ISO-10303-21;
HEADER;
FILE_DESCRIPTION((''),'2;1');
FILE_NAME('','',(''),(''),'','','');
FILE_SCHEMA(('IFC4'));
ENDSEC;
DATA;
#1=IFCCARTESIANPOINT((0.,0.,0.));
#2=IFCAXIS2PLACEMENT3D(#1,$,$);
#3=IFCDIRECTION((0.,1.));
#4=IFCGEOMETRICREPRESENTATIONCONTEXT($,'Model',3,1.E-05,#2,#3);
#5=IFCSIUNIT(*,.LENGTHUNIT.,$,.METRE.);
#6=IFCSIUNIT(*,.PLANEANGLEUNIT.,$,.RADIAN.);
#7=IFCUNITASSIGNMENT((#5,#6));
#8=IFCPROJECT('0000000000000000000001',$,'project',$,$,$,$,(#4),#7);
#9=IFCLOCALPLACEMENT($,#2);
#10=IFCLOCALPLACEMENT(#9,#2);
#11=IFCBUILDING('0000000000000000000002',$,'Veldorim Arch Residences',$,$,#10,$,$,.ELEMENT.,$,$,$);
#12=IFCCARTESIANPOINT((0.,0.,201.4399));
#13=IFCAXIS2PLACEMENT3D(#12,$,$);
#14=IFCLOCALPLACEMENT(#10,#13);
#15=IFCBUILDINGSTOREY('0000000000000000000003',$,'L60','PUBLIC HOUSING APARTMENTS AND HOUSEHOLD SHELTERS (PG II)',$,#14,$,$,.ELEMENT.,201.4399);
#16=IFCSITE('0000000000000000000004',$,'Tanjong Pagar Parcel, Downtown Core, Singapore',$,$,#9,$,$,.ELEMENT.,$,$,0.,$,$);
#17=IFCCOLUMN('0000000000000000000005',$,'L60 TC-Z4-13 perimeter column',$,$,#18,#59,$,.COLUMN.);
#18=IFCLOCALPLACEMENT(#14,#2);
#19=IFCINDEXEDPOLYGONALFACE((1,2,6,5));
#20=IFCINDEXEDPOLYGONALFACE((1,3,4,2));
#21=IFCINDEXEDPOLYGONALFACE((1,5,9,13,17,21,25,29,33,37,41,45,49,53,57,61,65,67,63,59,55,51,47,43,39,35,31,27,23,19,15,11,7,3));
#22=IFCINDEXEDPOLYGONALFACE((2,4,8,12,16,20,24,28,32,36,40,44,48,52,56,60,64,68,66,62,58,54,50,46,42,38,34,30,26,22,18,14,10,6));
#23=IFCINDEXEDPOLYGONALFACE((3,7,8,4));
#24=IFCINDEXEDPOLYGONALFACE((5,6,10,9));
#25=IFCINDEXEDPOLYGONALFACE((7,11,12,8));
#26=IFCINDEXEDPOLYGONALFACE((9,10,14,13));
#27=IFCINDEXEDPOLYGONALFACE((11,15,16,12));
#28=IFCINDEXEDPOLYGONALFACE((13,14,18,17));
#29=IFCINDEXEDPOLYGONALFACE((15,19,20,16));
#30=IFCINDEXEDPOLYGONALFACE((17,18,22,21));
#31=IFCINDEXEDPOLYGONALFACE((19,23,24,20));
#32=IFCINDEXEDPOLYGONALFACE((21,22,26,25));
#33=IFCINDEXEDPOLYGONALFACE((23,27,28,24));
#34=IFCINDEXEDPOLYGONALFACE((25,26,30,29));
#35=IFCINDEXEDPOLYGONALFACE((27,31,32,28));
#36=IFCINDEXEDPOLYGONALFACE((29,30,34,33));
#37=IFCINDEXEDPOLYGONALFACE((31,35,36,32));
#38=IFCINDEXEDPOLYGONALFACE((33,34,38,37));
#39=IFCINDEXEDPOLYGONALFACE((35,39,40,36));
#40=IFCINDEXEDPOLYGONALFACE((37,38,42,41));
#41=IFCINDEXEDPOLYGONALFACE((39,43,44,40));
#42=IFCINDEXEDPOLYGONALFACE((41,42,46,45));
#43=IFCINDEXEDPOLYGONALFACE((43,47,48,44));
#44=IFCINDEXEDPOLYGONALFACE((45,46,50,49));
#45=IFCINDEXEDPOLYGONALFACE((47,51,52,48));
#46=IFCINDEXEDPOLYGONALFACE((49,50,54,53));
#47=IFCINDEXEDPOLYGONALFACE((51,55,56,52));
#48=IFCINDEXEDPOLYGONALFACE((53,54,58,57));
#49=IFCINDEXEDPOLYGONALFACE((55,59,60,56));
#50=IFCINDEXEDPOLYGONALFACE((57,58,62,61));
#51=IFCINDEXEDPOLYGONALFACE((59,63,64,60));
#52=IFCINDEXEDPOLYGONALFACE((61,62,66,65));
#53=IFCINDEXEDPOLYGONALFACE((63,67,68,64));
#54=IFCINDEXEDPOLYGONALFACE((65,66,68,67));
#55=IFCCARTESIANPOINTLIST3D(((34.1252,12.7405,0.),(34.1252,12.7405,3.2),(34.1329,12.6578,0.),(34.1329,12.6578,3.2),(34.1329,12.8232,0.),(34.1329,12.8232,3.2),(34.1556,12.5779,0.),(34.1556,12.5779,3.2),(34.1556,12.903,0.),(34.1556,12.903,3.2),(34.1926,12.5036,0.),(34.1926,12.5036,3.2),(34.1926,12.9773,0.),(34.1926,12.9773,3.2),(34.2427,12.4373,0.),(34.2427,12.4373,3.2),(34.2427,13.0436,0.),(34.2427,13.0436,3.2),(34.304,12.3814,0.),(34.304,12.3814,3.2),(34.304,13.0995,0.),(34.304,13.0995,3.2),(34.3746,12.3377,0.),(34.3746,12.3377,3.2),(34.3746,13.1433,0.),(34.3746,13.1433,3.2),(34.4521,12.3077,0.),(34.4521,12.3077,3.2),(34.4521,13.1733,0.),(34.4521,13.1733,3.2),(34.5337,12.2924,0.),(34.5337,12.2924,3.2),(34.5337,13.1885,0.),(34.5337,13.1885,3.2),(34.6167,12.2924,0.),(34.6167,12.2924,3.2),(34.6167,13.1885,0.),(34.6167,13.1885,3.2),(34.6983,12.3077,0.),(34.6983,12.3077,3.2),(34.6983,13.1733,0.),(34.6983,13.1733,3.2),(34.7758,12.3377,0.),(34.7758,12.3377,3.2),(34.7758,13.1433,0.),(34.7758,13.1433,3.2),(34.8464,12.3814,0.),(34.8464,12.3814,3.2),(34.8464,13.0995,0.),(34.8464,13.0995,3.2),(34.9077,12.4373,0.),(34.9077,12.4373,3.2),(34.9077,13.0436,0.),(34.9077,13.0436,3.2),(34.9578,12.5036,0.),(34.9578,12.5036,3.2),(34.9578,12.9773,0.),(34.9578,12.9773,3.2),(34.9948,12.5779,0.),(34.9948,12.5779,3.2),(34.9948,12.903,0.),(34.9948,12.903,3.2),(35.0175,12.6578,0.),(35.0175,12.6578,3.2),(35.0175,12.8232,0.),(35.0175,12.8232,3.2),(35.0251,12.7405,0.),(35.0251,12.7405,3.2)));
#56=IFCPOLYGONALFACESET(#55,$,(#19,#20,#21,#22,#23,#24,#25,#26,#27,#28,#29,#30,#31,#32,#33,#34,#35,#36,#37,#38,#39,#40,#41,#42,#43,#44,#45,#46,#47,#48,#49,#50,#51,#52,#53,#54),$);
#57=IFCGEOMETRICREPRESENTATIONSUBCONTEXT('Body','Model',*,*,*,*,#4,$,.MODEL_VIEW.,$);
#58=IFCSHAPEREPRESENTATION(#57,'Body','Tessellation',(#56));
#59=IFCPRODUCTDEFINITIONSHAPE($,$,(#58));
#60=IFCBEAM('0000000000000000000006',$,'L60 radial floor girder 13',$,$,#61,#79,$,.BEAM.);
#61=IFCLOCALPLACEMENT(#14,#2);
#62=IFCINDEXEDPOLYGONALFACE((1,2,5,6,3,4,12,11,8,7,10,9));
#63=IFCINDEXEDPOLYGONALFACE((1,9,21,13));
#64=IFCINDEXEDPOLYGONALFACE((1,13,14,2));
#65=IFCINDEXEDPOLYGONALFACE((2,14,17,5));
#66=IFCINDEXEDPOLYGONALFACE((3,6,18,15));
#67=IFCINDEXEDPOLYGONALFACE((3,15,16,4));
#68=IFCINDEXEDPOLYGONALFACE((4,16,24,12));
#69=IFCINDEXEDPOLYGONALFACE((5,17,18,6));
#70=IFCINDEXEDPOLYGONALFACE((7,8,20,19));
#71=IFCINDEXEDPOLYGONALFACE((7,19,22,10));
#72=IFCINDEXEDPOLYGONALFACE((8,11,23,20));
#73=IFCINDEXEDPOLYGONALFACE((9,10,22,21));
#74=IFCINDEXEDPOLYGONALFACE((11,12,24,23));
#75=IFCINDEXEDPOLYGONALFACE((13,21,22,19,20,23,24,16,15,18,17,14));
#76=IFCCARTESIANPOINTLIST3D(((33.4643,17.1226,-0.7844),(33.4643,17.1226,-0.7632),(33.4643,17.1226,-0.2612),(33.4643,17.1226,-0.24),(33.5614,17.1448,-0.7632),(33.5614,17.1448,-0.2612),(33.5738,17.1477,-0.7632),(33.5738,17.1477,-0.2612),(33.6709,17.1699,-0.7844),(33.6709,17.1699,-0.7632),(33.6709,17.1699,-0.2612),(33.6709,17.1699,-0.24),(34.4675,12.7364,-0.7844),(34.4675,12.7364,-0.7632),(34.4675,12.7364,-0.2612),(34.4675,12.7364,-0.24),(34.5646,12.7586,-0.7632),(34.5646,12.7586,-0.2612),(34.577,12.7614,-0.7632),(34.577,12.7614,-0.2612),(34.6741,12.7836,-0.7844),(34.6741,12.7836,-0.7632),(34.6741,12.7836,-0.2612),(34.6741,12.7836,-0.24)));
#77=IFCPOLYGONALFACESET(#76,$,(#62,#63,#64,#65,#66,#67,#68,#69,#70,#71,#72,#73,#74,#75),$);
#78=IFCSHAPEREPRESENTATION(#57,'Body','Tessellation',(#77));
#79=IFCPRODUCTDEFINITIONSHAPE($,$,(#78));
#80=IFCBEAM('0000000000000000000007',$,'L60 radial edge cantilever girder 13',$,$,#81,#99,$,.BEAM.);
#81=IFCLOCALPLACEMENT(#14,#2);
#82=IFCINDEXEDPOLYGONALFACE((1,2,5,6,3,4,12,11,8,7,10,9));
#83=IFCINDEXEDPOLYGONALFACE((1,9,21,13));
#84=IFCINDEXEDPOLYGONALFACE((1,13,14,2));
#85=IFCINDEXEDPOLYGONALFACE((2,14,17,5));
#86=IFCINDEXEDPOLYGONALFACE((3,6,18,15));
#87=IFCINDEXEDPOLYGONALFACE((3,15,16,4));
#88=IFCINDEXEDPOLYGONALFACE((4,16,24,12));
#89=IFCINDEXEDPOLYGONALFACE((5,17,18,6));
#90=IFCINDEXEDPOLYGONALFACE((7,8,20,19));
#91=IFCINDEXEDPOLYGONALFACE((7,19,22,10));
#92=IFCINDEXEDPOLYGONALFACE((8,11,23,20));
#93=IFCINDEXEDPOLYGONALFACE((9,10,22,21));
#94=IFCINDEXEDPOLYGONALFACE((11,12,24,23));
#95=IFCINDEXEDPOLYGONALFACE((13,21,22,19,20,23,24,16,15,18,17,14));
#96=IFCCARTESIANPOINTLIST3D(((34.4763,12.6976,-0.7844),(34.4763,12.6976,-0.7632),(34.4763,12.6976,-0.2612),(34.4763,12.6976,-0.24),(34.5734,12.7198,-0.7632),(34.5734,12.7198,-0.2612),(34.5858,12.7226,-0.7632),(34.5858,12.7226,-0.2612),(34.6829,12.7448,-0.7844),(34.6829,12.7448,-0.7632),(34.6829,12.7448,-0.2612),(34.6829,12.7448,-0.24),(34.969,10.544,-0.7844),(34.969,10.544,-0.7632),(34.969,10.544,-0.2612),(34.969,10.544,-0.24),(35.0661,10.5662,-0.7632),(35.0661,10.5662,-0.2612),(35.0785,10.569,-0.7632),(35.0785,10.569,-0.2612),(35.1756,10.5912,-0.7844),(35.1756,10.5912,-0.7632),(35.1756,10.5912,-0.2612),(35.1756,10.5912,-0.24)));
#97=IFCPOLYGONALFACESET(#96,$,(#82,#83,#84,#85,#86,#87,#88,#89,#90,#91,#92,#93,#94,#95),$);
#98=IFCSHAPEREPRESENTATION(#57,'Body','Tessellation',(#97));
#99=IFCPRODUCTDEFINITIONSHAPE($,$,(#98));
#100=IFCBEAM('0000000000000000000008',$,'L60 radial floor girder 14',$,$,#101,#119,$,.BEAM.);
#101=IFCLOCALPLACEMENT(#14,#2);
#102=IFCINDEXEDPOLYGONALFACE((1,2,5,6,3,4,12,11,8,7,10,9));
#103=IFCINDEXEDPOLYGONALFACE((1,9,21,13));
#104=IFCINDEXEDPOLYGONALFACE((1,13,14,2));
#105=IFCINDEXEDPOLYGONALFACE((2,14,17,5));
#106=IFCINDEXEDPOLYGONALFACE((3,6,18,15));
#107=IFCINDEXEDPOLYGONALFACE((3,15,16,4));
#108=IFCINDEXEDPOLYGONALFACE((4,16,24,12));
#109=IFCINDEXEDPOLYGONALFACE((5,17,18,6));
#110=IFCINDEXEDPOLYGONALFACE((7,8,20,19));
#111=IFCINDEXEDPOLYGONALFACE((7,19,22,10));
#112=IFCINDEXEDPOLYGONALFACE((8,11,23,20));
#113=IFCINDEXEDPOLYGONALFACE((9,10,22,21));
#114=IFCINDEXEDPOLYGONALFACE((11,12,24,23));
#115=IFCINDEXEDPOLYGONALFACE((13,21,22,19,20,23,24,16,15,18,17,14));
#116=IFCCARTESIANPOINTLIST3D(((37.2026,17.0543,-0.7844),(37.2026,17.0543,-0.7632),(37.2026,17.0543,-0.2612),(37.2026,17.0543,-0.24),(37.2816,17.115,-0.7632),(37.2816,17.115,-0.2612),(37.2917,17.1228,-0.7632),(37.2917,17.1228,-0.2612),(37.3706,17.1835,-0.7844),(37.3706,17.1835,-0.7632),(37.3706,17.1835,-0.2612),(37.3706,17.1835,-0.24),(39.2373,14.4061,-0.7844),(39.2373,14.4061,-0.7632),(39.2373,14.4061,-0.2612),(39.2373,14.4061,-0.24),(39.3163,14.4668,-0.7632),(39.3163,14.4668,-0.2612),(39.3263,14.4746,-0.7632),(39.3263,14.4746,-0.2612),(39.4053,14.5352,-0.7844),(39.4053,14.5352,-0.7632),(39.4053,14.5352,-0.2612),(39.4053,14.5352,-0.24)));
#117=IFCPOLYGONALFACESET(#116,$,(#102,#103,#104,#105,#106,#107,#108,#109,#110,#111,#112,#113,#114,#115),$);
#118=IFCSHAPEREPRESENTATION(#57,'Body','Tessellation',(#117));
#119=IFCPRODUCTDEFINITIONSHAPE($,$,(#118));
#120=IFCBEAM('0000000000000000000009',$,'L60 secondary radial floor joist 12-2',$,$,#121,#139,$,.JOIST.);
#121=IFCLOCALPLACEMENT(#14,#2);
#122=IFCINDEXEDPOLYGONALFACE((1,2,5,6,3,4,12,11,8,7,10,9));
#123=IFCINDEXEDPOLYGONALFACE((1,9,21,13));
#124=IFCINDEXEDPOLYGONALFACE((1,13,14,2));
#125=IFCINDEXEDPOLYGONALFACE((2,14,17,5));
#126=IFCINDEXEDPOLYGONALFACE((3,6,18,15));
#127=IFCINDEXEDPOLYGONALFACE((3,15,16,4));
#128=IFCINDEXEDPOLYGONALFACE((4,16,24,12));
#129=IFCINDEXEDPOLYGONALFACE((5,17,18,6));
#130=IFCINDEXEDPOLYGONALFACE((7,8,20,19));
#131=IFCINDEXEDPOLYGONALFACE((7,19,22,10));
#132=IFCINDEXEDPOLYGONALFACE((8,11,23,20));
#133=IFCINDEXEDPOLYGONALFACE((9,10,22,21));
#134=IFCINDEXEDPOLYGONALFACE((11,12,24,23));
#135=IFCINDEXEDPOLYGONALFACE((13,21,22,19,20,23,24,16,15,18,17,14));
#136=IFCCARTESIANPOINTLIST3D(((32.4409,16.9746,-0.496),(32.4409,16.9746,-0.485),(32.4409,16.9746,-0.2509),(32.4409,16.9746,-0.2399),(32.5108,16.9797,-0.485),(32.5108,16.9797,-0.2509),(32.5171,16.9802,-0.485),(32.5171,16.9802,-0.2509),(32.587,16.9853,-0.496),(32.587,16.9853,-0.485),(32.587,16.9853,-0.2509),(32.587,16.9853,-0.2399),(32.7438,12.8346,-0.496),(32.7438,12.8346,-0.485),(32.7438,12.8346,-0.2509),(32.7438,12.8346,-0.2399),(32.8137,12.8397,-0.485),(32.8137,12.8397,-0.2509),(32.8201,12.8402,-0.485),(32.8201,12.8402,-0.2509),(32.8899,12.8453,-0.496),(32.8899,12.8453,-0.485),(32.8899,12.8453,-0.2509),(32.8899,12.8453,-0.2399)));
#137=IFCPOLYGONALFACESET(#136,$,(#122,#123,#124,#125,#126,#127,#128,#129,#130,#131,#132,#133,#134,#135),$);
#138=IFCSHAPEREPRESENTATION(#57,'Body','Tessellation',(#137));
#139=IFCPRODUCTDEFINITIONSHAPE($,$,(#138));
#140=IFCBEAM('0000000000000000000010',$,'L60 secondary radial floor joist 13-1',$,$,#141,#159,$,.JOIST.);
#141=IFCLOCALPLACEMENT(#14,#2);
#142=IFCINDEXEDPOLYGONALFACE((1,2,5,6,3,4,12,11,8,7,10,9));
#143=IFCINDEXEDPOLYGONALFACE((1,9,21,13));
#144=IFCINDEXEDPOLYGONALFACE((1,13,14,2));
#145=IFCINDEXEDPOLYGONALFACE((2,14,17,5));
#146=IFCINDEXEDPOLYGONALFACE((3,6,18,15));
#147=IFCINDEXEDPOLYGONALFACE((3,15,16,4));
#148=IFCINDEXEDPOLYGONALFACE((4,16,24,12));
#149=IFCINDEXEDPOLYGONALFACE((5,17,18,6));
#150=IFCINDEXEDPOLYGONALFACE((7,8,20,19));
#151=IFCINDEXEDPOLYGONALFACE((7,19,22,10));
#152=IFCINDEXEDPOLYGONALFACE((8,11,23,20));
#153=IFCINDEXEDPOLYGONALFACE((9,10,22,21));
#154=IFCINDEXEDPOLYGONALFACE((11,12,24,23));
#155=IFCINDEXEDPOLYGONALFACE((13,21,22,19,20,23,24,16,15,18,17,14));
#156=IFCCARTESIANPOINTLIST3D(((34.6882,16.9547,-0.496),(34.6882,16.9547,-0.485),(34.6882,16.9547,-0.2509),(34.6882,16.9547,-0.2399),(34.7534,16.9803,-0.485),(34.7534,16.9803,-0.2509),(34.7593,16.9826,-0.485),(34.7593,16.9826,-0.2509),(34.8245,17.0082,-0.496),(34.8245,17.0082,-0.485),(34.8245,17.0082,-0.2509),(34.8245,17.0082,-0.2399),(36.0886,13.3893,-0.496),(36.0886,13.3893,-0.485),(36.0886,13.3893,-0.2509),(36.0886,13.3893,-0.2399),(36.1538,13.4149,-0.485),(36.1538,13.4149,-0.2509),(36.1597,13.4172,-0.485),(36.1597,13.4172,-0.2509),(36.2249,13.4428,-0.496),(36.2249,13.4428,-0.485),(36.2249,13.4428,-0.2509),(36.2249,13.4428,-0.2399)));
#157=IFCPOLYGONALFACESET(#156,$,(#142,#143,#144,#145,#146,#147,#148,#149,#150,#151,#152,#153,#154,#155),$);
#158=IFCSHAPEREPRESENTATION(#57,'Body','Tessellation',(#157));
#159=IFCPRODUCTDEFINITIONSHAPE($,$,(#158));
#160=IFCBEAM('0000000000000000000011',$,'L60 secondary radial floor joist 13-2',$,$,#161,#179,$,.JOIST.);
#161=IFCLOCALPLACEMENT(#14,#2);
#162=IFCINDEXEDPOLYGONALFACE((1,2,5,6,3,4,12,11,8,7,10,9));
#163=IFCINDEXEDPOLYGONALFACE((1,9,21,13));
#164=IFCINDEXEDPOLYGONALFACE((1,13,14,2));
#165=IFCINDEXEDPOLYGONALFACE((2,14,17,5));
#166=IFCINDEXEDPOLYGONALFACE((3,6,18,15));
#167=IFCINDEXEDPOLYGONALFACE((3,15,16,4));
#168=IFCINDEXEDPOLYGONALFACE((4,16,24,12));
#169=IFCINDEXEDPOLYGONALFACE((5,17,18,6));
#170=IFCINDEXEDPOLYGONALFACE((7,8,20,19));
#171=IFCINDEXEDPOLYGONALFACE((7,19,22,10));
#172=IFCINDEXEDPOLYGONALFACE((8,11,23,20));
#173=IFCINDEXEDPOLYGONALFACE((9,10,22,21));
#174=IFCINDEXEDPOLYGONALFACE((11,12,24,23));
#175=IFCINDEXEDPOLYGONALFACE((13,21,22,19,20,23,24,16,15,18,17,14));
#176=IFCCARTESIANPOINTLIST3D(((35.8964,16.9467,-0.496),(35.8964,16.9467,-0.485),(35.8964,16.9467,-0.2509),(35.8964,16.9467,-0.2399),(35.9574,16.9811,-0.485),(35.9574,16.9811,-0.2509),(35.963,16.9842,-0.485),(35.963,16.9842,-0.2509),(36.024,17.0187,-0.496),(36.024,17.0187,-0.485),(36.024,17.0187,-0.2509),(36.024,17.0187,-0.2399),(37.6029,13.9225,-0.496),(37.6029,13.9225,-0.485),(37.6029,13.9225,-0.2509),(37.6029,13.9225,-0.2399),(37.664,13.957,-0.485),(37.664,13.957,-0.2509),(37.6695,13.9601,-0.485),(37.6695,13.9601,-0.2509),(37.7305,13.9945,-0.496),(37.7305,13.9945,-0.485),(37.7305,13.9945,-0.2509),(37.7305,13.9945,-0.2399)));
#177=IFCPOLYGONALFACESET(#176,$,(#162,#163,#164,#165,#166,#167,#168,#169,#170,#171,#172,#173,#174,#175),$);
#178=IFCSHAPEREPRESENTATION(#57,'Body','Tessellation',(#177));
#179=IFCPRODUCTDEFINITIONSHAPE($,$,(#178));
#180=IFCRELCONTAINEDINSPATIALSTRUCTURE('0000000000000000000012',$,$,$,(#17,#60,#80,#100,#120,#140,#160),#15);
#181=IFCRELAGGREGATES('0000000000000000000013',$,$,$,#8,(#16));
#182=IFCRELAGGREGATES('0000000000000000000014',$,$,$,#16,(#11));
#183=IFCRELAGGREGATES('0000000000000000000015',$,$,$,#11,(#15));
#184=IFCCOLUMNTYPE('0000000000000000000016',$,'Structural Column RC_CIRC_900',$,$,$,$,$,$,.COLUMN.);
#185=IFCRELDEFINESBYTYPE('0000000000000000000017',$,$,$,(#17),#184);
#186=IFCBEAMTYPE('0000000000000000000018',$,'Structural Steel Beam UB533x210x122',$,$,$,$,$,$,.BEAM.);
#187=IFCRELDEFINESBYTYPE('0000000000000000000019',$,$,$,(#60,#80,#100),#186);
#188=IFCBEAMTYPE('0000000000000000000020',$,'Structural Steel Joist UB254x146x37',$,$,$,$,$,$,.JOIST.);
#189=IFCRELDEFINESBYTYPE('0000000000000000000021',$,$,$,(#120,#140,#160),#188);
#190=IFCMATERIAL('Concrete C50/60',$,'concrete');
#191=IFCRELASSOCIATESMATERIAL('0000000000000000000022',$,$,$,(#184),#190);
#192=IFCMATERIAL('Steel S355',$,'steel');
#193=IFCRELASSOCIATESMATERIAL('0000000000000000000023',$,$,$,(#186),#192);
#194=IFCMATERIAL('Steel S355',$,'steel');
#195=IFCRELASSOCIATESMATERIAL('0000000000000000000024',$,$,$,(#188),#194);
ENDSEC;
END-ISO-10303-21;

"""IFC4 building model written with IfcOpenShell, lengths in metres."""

from ifc_helpers import new_model, si_unit, direction, frame, origin, origin_2d, place, context, subcontext, project, spatial, circle, i_section, extrude, material, material_profile, profile_set, type_object, element, save


model = new_model("IFC4")

# Units and contexts
model_context = context("Model", 3, precision=1e-05, world=origin(), true_north=direction((0.0, 1.0)))
body_context = subcontext(model_context, "Body", "Model", "MODEL_VIEW")
ifc_project = project(units=[si_unit("LENGTHUNIT", "METRE"), si_unit("PLANEANGLEUNIT", "RADIAN")], contexts=[model_context])

# Site, building, storey
site_placement = place(None, origin())
site = spatial("IfcSite", under=ifc_project, at=site_placement, Name="Tanjong Pagar Parcel, Downtown Core, Singapore", CompositionType="ELEMENT", RefElevation=0.0)
building_placement = place(site_placement, origin())
building = spatial("IfcBuilding", under=site, at=building_placement, Name="Veldorim Arch Residences", CompositionType="ELEMENT")
storey_placement = place(building_placement, frame((0.0, 0.0, 201.4399)))
storey = spatial("IfcBuildingStorey", under=building, at=storey_placement, Name="L60", Description="PUBLIC HOUSING APARTMENTS AND HOUSEHOLD SHELTERS (PG II)", CompositionType="ELEMENT", Elevation=201.4399)

# Column
ifc_material_1 = material(Name="Concrete C50/60", Category="concrete")
ifc_material_profile_1 = material_profile(ifc_material_1, circle(Radius=0.45, at=origin_2d()), Name="RC_CIRC_900")
ifc_profile_set_1 = profile_set([ifc_material_profile_1], Name="Concrete C50/60")
column_type = type_object("IfcColumnType", Name="Structural Column RC_CIRC_900", PredefinedType="COLUMN", material=ifc_profile_set_1)
column_placement = place(storey_placement, frame((34.5752, 12.7405, 0.0), z_axis=(0.0, 0.0, 1.0), x_axis=(1.0, 0.0, 0.0)))
element("IfcColumn", 1, at=column_placement, inside=storey, type_object=column_type, Name="L60 TC-Z4-13 perimeter column", PredefinedType="COLUMN", context=body_context, shape_type="SweptSolid", body=[
    extrude(circle(Radius=0.45, at=origin_2d()), origin(), (0.0, 0.0, 1.0), 3.2),
])

# Beams
ifc_material_2 = material(Name="Steel S355", Category="steel")
ifc_material_profile_2 = material_profile(ifc_material_2, i_section(OverallWidth=0.2119, OverallDepth=0.5444, WebThickness=0.0127, FlangeThickness=0.0212, at=origin_2d()), Name="UB533x210x122")
ifc_profile_set_2 = profile_set([ifc_material_profile_2], Name="Steel S355")
beam_type_1 = type_object("IfcBeamType", Name="Structural Steel Beam UB533x210x122", PredefinedType="BEAM", material=ifc_profile_set_2)
beam_1_placement = place(storey_placement, frame((33.5676, 17.1462, -0.5122), z_axis=(0.222953, -0.974829, 0.0), x_axis=(0.974829, 0.222953, 0.0)))
element("IfcBeam", 2, at=beam_1_placement, inside=storey, type_object=beam_type_1, Name="L60 radial floor girder 13", PredefinedType="BEAM", context=body_context, shape_type="SweptSolid", body=[
    extrude(i_section(OverallWidth=0.2119, OverallDepth=0.5444, WebThickness=0.0127, FlangeThickness=0.0212, at=origin_2d()), origin(), (0.0, 0.0, 1.0), 4.4995),
])
beam_2_placement = place(storey_placement, frame((34.5796, 12.7212, -0.5122), z_axis=(0.223011, -0.974816, 0.0), x_axis=(0.974816, 0.223011, 0.0)))
element("IfcBeam", 3, at=beam_2_placement, inside=storey, type_object=beam_type_1, Name="L60 radial edge cantilever girder 13", PredefinedType="BEAM", context=body_context, shape_type="SweptSolid", body=[
    extrude(i_section(OverallWidth=0.2119, OverallDepth=0.5444, WebThickness=0.0127, FlangeThickness=0.0212, at=origin_2d()), origin(), (0.0, 0.0, 1.0), 2.2092),
])
beam_3_placement = place(storey_placement, frame((37.2866, 17.1189, -0.5122), z_axis=(0.609258, -0.792972, 0.0), x_axis=(0.792972, 0.609258, 0.0)))
element("IfcBeam", 4, at=beam_3_placement, inside=storey, type_object=beam_type_1, Name="L60 radial floor girder 14", PredefinedType="BEAM", context=body_context, shape_type="SweptSolid", body=[
    extrude(i_section(OverallWidth=0.2119, OverallDepth=0.5444, WebThickness=0.0127, FlangeThickness=0.0212, at=origin_2d()), origin(), (0.0, 0.0, 1.0), 3.3396),
])
ifc_material_3 = material(Name="Steel S355", Category="steel")
ifc_material_profile_3 = material_profile(ifc_material_3, i_section(OverallWidth=0.1465, OverallDepth=0.2561, WebThickness=0.0063, FlangeThickness=0.011, at=origin_2d()), Name="UB254x146x37")
ifc_profile_set_3 = profile_set([ifc_material_profile_3], Name="Steel S355")
beam_type_2 = type_object("IfcBeamType", Name="Structural Steel Joist UB254x146x37", PredefinedType="JOIST", material=ifc_profile_set_3)
beam_4_placement = place(storey_placement, frame((32.5139, 16.98, -0.3679), z_axis=(0.072986, -0.997333, 0.0), x_axis=(0.997333, 0.072986, 0.0)))
element("IfcBeam", 5, at=beam_4_placement, inside=storey, type_object=beam_type_2, Name="L60 secondary radial floor joist 12-2", PredefinedType="JOIST", context=body_context, shape_type="SweptSolid", body=[
    extrude(i_section(OverallWidth=0.1465, OverallDepth=0.2561, WebThickness=0.0063, FlangeThickness=0.011, at=origin_2d()), origin(), (0.0, 0.0, 1.0), 4.1511),
])
beam_5_placement = place(storey_placement, frame((34.7563, 16.9814, -0.3679), z_axis=(0.365581, -0.930779, 0.0), x_axis=(0.930779, 0.365581, 0.0)))
element("IfcBeam", 6, at=beam_5_placement, inside=storey, type_object=beam_type_2, Name="L60 secondary radial floor joist 13-1", PredefinedType="JOIST", context=body_context, shape_type="SweptSolid", body=[
    extrude(i_section(OverallWidth=0.1465, OverallDepth=0.2561, WebThickness=0.0063, FlangeThickness=0.011, at=origin_2d()), origin(), (0.0, 0.0, 1.0), 3.8306),
])
beam_6_placement = place(storey_placement, frame((35.9602, 16.9827, -0.3679), z_axis=(0.491452, -0.870904, 0.0), x_axis=(0.870904, 0.491452, 0.0)))
element("IfcBeam", 7, at=beam_6_placement, inside=storey, type_object=beam_type_2, Name="L60 secondary radial floor joist 13-2", PredefinedType="JOIST", context=body_context, shape_type="SweptSolid", body=[
    extrude(i_section(OverallWidth=0.1465, OverallDepth=0.2561, WebThickness=0.0063, FlangeThickness=0.011, at=origin_2d()), origin(), (0.0, 0.0, 1.0), 3.4724),
])

save(model, "model.ifc")
